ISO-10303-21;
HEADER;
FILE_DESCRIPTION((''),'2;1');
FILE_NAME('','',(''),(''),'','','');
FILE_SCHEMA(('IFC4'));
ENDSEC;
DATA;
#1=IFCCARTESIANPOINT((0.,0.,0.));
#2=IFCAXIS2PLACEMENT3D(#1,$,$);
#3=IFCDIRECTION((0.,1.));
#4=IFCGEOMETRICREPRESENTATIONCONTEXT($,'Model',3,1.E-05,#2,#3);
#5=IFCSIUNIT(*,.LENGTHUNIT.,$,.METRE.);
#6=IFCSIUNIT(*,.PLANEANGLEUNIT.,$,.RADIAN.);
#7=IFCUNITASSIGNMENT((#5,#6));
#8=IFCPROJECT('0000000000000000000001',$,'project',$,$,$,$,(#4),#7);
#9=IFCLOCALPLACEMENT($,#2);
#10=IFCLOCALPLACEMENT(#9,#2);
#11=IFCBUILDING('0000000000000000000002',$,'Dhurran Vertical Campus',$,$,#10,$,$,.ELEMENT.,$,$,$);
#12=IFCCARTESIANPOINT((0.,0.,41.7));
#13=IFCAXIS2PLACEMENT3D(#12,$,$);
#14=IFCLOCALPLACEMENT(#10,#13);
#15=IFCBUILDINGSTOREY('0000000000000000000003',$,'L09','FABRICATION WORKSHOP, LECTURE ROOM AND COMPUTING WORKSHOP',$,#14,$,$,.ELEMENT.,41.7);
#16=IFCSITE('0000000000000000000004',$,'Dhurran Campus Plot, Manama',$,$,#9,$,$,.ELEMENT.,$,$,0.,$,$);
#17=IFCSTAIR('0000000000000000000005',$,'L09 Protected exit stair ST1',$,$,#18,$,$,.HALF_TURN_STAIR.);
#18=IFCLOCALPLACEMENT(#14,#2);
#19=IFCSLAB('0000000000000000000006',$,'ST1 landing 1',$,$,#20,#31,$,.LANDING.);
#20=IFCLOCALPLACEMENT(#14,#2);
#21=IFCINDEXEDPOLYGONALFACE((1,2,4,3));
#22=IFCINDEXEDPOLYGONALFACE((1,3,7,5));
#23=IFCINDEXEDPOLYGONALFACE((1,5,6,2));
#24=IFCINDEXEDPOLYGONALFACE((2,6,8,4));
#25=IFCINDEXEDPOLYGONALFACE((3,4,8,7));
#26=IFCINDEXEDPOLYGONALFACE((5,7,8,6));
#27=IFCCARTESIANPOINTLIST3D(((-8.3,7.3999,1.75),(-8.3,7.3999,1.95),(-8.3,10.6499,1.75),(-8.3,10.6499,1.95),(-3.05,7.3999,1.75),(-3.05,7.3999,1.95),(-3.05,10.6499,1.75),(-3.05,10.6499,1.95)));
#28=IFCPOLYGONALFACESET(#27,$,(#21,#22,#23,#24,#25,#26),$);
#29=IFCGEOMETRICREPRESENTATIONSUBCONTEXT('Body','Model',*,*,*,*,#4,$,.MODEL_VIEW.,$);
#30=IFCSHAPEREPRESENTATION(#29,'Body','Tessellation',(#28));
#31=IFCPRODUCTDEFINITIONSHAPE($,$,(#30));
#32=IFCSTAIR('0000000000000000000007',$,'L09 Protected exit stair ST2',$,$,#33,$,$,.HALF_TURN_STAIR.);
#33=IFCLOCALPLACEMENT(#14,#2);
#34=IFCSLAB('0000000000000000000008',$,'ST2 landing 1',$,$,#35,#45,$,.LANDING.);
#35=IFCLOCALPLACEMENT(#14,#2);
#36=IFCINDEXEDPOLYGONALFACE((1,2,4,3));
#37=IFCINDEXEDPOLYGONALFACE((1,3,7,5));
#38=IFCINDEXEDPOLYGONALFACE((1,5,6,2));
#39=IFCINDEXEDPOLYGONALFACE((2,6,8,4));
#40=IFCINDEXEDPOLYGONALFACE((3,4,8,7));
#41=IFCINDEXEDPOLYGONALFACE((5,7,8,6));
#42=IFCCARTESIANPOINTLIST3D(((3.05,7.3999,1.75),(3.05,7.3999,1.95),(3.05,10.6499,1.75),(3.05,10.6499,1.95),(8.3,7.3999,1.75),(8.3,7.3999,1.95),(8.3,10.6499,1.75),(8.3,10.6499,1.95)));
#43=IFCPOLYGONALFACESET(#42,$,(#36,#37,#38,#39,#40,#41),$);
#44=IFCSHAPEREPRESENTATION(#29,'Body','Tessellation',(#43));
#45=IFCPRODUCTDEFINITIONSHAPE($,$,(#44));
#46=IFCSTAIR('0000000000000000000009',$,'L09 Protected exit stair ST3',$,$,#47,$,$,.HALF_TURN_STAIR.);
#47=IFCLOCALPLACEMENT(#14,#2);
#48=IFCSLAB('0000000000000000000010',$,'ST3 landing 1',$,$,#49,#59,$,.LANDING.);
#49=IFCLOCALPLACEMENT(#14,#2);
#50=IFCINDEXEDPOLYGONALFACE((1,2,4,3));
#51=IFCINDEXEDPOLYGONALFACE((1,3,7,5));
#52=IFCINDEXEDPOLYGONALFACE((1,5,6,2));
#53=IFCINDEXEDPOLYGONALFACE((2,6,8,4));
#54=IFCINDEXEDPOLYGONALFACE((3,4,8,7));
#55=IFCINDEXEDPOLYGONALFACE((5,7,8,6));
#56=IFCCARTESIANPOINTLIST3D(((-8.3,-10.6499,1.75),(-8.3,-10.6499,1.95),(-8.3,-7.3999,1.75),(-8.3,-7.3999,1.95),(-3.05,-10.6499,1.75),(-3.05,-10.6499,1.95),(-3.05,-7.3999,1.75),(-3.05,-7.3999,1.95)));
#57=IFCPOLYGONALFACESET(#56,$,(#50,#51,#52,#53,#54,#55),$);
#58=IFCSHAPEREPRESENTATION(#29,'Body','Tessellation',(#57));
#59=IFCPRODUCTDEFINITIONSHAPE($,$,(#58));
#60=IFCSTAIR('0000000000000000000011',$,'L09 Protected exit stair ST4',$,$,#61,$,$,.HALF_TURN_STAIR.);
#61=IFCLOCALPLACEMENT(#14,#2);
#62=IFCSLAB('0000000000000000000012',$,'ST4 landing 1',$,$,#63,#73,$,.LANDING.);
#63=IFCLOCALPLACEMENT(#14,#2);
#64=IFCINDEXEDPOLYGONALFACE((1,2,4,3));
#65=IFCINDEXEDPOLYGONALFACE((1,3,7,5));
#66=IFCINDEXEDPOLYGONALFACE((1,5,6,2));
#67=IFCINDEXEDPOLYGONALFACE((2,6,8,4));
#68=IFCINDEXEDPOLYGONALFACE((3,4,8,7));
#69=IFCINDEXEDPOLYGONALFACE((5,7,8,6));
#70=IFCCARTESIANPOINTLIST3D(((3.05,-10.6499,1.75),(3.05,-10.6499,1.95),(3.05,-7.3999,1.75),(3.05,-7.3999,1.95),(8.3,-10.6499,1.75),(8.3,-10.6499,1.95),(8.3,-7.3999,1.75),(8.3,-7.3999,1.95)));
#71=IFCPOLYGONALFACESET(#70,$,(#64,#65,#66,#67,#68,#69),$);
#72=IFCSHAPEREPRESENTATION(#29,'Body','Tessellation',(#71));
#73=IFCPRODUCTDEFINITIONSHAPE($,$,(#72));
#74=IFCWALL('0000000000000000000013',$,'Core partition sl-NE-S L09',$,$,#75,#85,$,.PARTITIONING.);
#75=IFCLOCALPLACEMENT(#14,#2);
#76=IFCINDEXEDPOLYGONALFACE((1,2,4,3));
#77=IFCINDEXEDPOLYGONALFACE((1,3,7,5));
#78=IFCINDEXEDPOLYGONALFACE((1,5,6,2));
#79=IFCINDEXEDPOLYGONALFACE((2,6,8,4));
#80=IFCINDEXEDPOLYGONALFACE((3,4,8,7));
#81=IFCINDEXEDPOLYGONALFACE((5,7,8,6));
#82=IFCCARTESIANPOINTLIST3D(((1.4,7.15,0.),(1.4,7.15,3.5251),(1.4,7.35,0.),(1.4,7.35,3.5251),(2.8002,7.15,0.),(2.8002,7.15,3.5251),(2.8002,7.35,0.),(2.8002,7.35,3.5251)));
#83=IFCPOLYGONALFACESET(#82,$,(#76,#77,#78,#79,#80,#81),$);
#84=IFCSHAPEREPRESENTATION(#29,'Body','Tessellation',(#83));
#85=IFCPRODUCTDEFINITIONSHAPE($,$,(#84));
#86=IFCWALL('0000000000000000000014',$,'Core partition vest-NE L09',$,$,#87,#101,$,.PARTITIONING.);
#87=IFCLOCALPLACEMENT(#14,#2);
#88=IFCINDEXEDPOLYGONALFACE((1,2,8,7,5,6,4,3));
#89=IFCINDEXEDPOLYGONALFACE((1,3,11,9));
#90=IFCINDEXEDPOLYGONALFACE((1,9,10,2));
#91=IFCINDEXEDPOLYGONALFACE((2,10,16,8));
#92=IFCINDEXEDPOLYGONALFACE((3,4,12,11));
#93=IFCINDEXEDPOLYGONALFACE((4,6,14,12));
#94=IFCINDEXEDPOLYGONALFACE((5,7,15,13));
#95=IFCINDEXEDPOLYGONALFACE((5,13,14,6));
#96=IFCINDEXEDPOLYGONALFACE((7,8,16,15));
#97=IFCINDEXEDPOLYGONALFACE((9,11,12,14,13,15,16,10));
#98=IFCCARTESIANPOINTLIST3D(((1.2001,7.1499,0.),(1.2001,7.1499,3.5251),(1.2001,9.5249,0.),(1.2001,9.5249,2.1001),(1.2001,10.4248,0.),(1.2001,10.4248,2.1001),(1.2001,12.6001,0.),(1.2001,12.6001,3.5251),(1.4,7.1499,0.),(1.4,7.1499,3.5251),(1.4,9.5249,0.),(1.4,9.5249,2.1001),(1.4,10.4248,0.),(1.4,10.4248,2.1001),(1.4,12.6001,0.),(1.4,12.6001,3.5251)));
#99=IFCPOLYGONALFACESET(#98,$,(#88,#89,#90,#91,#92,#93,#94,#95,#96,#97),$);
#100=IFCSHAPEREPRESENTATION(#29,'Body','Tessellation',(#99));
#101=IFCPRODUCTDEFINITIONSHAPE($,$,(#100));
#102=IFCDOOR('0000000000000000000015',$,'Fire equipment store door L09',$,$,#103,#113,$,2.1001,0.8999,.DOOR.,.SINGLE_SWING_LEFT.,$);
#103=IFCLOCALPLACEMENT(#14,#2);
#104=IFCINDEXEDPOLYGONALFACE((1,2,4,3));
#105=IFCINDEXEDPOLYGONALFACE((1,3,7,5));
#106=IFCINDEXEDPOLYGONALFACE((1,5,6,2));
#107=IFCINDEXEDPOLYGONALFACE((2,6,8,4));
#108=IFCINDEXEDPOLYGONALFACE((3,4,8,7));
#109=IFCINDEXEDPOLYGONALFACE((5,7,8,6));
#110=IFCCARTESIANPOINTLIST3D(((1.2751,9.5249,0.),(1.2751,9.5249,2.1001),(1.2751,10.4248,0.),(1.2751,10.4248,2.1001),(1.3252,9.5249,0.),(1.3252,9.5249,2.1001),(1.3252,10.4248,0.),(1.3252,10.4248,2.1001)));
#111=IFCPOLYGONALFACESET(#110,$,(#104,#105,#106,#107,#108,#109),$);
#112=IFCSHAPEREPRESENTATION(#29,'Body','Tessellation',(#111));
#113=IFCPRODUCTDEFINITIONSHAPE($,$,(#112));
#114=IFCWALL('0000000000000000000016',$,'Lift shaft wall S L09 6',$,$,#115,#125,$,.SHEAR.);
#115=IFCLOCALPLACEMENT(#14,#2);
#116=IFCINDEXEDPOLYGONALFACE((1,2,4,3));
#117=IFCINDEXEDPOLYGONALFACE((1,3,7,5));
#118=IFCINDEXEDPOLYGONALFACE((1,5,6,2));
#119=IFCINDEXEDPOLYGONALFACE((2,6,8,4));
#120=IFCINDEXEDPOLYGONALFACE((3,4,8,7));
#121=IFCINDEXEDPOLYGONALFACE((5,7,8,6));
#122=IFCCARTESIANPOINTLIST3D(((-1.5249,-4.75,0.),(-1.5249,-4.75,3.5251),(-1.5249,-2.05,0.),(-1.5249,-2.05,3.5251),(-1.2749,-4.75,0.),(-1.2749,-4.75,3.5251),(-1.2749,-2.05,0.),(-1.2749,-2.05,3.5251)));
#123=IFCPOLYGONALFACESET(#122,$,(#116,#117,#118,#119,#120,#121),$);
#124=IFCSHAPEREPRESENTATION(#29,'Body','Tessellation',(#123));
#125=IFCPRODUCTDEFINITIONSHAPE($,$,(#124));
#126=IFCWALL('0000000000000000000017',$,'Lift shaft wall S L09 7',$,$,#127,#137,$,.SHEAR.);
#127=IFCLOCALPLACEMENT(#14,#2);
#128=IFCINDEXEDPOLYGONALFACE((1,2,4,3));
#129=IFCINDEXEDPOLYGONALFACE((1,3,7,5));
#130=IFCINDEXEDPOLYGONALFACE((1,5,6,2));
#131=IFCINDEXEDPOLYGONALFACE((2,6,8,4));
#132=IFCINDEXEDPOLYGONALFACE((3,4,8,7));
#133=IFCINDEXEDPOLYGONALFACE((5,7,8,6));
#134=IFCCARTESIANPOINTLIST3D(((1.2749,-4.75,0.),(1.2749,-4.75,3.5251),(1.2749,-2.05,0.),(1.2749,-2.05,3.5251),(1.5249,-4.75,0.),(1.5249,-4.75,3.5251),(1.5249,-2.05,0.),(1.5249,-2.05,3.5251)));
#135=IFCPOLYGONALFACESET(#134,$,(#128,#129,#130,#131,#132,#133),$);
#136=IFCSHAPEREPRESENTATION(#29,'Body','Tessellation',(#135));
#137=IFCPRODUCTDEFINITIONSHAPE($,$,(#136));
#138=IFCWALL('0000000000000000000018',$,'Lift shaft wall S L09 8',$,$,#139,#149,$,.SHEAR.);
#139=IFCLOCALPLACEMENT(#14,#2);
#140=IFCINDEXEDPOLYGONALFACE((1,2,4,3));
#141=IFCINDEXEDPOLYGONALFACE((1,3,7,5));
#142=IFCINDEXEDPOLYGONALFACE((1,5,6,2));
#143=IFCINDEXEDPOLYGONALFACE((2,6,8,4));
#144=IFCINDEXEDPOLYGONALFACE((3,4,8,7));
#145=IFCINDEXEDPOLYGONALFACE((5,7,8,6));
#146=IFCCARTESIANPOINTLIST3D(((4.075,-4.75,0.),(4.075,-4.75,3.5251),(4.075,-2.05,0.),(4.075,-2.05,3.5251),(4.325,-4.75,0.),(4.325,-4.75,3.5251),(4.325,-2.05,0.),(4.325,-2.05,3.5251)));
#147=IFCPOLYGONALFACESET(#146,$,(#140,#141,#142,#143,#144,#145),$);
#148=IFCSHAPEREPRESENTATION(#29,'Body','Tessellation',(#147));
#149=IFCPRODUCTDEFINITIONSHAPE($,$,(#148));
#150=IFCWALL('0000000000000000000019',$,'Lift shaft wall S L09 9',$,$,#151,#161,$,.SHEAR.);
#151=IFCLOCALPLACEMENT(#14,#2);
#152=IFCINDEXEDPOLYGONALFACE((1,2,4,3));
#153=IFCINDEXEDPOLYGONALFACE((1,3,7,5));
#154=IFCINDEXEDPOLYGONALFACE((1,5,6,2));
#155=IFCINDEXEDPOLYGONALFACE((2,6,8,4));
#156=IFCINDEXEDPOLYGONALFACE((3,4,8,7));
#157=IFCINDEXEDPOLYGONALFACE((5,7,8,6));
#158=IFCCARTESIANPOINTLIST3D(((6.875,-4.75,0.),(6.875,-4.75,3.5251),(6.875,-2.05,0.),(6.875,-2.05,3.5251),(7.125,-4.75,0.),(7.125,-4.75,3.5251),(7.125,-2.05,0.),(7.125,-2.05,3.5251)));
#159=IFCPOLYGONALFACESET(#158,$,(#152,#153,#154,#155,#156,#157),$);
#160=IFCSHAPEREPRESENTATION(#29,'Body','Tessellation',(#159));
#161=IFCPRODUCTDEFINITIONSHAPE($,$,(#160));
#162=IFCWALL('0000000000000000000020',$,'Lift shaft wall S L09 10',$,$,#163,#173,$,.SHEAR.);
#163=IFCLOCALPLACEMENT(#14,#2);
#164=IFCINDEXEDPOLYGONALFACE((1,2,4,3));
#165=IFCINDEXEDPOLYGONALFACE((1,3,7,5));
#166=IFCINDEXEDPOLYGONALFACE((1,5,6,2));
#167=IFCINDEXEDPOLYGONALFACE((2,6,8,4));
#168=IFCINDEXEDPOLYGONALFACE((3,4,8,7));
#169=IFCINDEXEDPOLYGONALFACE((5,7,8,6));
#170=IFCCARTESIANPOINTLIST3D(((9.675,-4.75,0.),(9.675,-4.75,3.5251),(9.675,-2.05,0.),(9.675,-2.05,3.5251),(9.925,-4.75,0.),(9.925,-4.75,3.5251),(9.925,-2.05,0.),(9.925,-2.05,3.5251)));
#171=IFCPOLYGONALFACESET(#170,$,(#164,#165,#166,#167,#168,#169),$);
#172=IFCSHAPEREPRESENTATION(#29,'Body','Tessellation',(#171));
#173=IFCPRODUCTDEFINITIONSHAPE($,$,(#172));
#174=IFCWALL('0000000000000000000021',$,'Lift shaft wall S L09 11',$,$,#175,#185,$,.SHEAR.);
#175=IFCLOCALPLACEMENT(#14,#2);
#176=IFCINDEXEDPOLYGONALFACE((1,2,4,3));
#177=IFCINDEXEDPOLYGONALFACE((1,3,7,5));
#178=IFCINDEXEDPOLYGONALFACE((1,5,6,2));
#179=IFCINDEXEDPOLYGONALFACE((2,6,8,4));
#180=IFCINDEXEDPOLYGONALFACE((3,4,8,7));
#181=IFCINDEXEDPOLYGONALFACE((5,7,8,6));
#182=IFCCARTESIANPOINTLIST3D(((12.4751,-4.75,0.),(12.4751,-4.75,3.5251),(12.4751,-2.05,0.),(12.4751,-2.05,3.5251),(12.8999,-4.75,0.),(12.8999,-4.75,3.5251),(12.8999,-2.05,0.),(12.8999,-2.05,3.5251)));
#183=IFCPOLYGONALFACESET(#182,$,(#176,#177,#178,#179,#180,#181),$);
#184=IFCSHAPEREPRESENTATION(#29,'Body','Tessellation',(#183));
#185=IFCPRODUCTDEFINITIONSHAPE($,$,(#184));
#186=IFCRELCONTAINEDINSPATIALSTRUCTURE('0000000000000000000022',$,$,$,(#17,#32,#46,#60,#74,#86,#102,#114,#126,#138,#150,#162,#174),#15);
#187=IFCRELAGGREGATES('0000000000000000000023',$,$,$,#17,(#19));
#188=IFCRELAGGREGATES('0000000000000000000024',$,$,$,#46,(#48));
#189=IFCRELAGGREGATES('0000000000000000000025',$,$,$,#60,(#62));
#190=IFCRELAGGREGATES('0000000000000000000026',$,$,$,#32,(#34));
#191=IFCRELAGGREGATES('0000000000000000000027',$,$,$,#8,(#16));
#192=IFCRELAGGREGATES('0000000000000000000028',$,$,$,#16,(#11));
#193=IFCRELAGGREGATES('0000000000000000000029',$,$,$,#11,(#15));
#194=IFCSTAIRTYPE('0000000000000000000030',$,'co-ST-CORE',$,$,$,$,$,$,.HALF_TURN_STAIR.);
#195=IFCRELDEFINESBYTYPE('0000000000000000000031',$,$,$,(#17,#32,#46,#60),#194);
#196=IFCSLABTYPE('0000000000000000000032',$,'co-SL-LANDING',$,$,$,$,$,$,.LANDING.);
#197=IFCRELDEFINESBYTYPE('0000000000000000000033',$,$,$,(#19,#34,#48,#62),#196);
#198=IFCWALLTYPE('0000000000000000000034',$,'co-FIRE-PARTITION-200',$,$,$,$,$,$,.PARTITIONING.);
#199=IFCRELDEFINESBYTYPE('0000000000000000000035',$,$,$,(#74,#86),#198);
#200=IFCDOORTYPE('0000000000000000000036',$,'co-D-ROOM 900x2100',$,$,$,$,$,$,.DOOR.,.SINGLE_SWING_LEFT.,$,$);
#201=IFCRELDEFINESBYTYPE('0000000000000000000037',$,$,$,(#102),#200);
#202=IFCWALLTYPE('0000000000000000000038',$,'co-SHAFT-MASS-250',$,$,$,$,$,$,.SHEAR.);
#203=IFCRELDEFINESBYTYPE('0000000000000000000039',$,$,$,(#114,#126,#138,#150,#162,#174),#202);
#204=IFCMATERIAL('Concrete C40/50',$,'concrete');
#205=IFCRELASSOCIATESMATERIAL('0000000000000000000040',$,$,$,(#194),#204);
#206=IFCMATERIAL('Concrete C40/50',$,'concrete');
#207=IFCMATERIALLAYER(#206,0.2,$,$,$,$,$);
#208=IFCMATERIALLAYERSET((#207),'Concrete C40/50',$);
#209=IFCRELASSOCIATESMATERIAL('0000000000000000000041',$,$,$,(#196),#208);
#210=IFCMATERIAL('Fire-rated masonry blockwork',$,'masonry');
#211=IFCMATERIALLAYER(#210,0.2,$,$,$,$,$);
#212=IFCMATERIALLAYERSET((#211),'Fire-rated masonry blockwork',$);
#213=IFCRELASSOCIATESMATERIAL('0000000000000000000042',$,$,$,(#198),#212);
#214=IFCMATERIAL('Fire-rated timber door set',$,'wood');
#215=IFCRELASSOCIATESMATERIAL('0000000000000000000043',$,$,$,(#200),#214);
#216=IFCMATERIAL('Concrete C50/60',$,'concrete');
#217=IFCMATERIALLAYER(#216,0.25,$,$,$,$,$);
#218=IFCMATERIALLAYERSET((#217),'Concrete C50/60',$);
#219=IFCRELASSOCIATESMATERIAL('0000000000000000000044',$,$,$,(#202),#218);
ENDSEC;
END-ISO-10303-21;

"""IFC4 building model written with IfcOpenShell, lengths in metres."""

from ifc_helpers import new_model, si_unit, direction, frame, frame_2d, origin, place, context, subcontext, project, spatial, polyline, rectangle, outline, extrude, material, layer, layer_set, type_object, element, fill, aggregate, save


model = new_model("IFC4")

# Units and contexts
model_context = context("Model", 3, precision=1e-05, world=origin(), true_north=direction((0.0, 1.0)))
body_context = subcontext(model_context, "Body", "Model", "MODEL_VIEW")
ifc_project = project(units=[si_unit("LENGTHUNIT", "METRE"), si_unit("PLANEANGLEUNIT", "RADIAN")], contexts=[model_context])

# Site, building, storey
site_placement = place(None, origin())
site = spatial("IfcSite", under=ifc_project, at=site_placement, Name="Dhurran Campus Plot, Manama", CompositionType="ELEMENT", RefElevation=0.0)
building_placement = place(site_placement, origin())
building = spatial("IfcBuilding", under=site, at=building_placement, Name="Dhurran Vertical Campus", CompositionType="ELEMENT")
storey_placement = place(building_placement, frame((0.0, 0.0, 41.7)))
storey = spatial("IfcBuildingStorey", under=building, at=storey_placement, Name="L09", Description="FABRICATION WORKSHOP, LECTURE ROOM AND COMPUTING WORKSHOP", CompositionType="ELEMENT", Elevation=41.7)

# Stairs, slabs
ifc_material_1 = material(Name="Concrete C40/50", Category="concrete")
stair_type = type_object("IfcStairType", Name="co-ST-CORE", PredefinedType="HALF_TURN_STAIR", material=ifc_material_1)
stair_1_placement = place(storey_placement, origin())
stair_1 = element("IfcStair", 1, at=stair_1_placement, inside=storey, type_object=stair_type, Name="L09 Protected exit stair ST1", PredefinedType="HALF_TURN_STAIR")
ifc_material_2 = material(Name="Concrete C40/50", Category="concrete")
ifc_layer_1 = layer(ifc_material_2, 0.2)
ifc_layer_set_1 = layer_set([ifc_layer_1], Name="Concrete C40/50")
slab_type = type_object("IfcSlabType", Name="co-SL-LANDING", PredefinedType="LANDING", material=ifc_layer_set_1)
slab_1_placement = place(storey_placement, frame((0.0, 0.0, 1.75)))
slab_1 = element("IfcSlab", 2, at=slab_1_placement, type_object=slab_type, Name="ST1 landing 1", PredefinedType="LANDING", context=body_context, shape_type="SweptSolid", body=[
    extrude(outline(polyline([(-8.3, 7.3999), (-3.05, 7.3999), (-3.05, 10.6499), (-8.3, 10.6499), (-8.3, 7.3999)])), origin(), (0.0, 0.0, 1.0), 0.2),
])
aggregate(stair_1, [slab_1])
stair_2_placement = place(storey_placement, origin())
stair_2 = element("IfcStair", 3, at=stair_2_placement, inside=storey, type_object=stair_type, Name="L09 Protected exit stair ST2", PredefinedType="HALF_TURN_STAIR")
slab_2_placement = place(storey_placement, frame((0.0, 0.0, 1.75)))
slab_2 = element("IfcSlab", 4, at=slab_2_placement, type_object=slab_type, Name="ST2 landing 1", PredefinedType="LANDING", context=body_context, shape_type="SweptSolid", body=[
    extrude(outline(polyline([(8.3, 10.6499), (3.05, 10.6499), (3.05, 7.3999), (8.3, 7.3999), (8.3, 10.6499)])), origin(), (0.0, 0.0, 1.0), 0.2),
])
stair_3_placement = place(storey_placement, origin())
stair_3 = element("IfcStair", 5, at=stair_3_placement, inside=storey, type_object=stair_type, Name="L09 Protected exit stair ST3", PredefinedType="HALF_TURN_STAIR")
slab_3_placement = place(storey_placement, frame((0.0, 0.0, 1.75)))
slab_3 = element("IfcSlab", 6, at=slab_3_placement, type_object=slab_type, Name="ST3 landing 1", PredefinedType="LANDING", context=body_context, shape_type="SweptSolid", body=[
    extrude(outline(polyline([(-8.3, -10.6499), (-3.05, -10.6499), (-3.05, -7.3999), (-8.3, -7.3999), (-8.3, -10.6499)])), origin(), (0.0, 0.0, 1.0), 0.2),
])
aggregate(stair_3, [slab_3])
stair_4_placement = place(storey_placement, origin())
stair_4 = element("IfcStair", 7, at=stair_4_placement, inside=storey, type_object=stair_type, Name="L09 Protected exit stair ST4", PredefinedType="HALF_TURN_STAIR")
slab_4_placement = place(storey_placement, frame((0.0, 0.0, 1.75)))
slab_4 = element("IfcSlab", 8, at=slab_4_placement, type_object=slab_type, Name="ST4 landing 1", PredefinedType="LANDING", context=body_context, shape_type="SweptSolid", body=[
    extrude(outline(polyline([(8.3, -7.3999), (3.05, -7.3999), (3.05, -10.6499), (8.3, -10.6499), (8.3, -7.3999)])), origin(), (0.0, 0.0, 1.0), 0.2),
])
aggregate(stair_4, [slab_4])

# Wall
ifc_material_3 = material(Name="Fire-rated masonry blockwork", Category="masonry")
ifc_layer_2 = layer(ifc_material_3, 0.2)
ifc_layer_set_2 = layer_set([ifc_layer_2], Name="Fire-rated masonry blockwork")
wall_type_1 = type_object("IfcWallType", Name="co-FIRE-PARTITION-200", PredefinedType="PARTITIONING", material=ifc_layer_set_2)
wall_1_placement = place(storey_placement, frame((1.3999, 7.25, 0.0), z_axis=(0.0, 0.0, 1.0), x_axis=(1.0, 0.0, 0.0)))
element("IfcWall", 9, at=wall_1_placement, inside=storey, type_object=wall_type_1, Name="Core partition sl-NE-S L09", PredefinedType="PARTITIONING", context=body_context, shape_type="SweptSolid", body=[
    extrude(rectangle(XDim=1.4001, YDim=0.2, at=frame_2d((0.7002, 0.0))), origin(), (0.0, 0.0, 1.0), 3.5251),
])

# Wall, opening, door
wall_2_placement = place(storey_placement, frame((1.3, 7.1499, 0.0), z_axis=(0.0, 0.0, 1.0), x_axis=(0.0, 1.0, 0.0)))
wall_2 = element("IfcWall", 10, at=wall_2_placement, inside=storey, type_object=wall_type_1, Name="Core partition vest-NE L09", PredefinedType="PARTITIONING", context=body_context, shape_type="SweptSolid", body=[
    extrude(rectangle(XDim=5.4502, YDim=0.2, at=frame_2d((2.7251, 0.0))), origin(), (0.0, 0.0, 1.0), 3.5251),
])
opening_1_placement = place(wall_2_placement, frame((2.375, 0.0, 0.0)))
opening_1 = element("IfcOpeningElement", 11, at=opening_1_placement, cuts=wall_2, PredefinedType="OPENING", context=body_context, shape_type="SweptSolid", body=[
    extrude(rectangle(XDim=0.8999, YDim=2.1001, at=frame_2d((0.45, 1.05))), frame((0.0, 0.1099, 0.0), z_axis=(0.0, -1.0, 0.0), x_axis=(1.0, 0.0, 0.0)), (0.0, 0.0, 1.0), 0.22),
])
ifc_material_4 = material(Name="Fire-rated timber door set", Category="wood")
door_type_1 = type_object("IfcDoorType", Name="co-D-ROOM 900x2100", OperationType="SINGLE_SWING_LEFT", PredefinedType="DOOR", material=ifc_material_4)
door_1_placement = place(opening_1_placement, origin())
door_1 = element("IfcDoor", 12, at=door_1_placement, inside=storey, type_object=door_type_1, Name="Fire equipment store door L09", OperationType="SINGLE_SWING_LEFT", OverallHeight=2.1001, OverallWidth=0.8999, PredefinedType="DOOR", context=body_context, shape_type="SweptSolid", body=[
    extrude(rectangle(XDim=0.8999, YDim=2.1001, at=frame_2d((0.45, 1.05))), frame((0.0, 0.0249, 0.0), z_axis=(0.0, -1.0, 0.0), x_axis=(1.0, 0.0, 0.0)), (0.0, 0.0, 1.0), 0.05),
])
fill(opening_1, door_1)

# Walls
ifc_material_5 = material(Name="Concrete C50/60", Category="concrete")
ifc_layer_3 = layer(ifc_material_5, 0.25)
ifc_layer_set_3 = layer_set([ifc_layer_3], Name="Concrete C50/60")
wall_type_2 = type_object("IfcWallType", Name="co-SHAFT-MASS-250", PredefinedType="SHEAR", material=ifc_layer_set_3)
wall_3_placement = place(storey_placement, origin())
element("IfcWall", 13, at=wall_3_placement, inside=storey, type_object=wall_type_2, Name="Lift shaft wall S L09 6", PredefinedType="SHEAR", context=body_context, shape_type="SweptSolid", body=[
    extrude(outline(polyline([(-1.5249, -4.75), (-1.2749, -4.75), (-1.2749, -2.05), (-1.5249, -2.05), (-1.5249, -4.75)])), origin(), (0.0, 0.0, 1.0), 3.5251),
])
wall_4_placement = place(storey_placement, origin())
element("IfcWall", 14, at=wall_4_placement, inside=storey, type_object=wall_type_2, Name="Lift shaft wall S L09 7", PredefinedType="SHEAR", context=body_context, shape_type="SweptSolid", body=[
    extrude(outline(polyline([(1.2749, -4.75), (1.5249, -4.75), (1.5249, -2.05), (1.2749, -2.05), (1.2749, -4.75)])), origin(), (0.0, 0.0, 1.0), 3.5251),
])
wall_5_placement = place(storey_placement, origin())
element("IfcWall", 15, at=wall_5_placement, inside=storey, type_object=wall_type_2, Name="Lift shaft wall S L09 8", PredefinedType="SHEAR", context=body_context, shape_type="SweptSolid", body=[
    extrude(outline(polyline([(4.075, -4.75), (4.325, -4.75), (4.325, -2.05), (4.075, -2.05), (4.075, -4.75)])), origin(), (0.0, 0.0, 1.0), 3.5251),
])
wall_6_placement = place(storey_placement, origin())
element("IfcWall", 16, at=wall_6_placement, inside=storey, type_object=wall_type_2, Name="Lift shaft wall S L09 9", PredefinedType="SHEAR", context=body_context, shape_type="SweptSolid", body=[
    extrude(outline(polyline([(6.875, -4.75), (7.125, -4.75), (7.125, -2.05), (6.875, -2.05), (6.875, -4.75)])), origin(), (0.0, 0.0, 1.0), 3.5251),
])
wall_7_placement = place(storey_placement, origin())
element("IfcWall", 17, at=wall_7_placement, inside=storey, type_object=wall_type_2, Name="Lift shaft wall S L09 10", PredefinedType="SHEAR", context=body_context, shape_type="SweptSolid", body=[
    extrude(outline(polyline([(9.675, -4.75), (9.925, -4.75), (9.925, -2.05), (9.675, -2.05), (9.675, -4.75)])), origin(), (0.0, 0.0, 1.0), 3.5251),
])
wall_8_placement = place(storey_placement, origin())
element("IfcWall", 18, at=wall_8_placement, inside=storey, type_object=wall_type_2, Name="Lift shaft wall S L09 11", PredefinedType="SHEAR", context=body_context, shape_type="SweptSolid", body=[
    extrude(outline(polyline([(12.4751, -4.75), (12.8999, -4.75), (12.8999, -2.05), (12.4751, -2.05), (12.4751, -4.75)])), origin(), (0.0, 0.0, 1.0), 3.5251),
])

aggregate(stair_2, [slab_2])

save(model, "model.ifc")
